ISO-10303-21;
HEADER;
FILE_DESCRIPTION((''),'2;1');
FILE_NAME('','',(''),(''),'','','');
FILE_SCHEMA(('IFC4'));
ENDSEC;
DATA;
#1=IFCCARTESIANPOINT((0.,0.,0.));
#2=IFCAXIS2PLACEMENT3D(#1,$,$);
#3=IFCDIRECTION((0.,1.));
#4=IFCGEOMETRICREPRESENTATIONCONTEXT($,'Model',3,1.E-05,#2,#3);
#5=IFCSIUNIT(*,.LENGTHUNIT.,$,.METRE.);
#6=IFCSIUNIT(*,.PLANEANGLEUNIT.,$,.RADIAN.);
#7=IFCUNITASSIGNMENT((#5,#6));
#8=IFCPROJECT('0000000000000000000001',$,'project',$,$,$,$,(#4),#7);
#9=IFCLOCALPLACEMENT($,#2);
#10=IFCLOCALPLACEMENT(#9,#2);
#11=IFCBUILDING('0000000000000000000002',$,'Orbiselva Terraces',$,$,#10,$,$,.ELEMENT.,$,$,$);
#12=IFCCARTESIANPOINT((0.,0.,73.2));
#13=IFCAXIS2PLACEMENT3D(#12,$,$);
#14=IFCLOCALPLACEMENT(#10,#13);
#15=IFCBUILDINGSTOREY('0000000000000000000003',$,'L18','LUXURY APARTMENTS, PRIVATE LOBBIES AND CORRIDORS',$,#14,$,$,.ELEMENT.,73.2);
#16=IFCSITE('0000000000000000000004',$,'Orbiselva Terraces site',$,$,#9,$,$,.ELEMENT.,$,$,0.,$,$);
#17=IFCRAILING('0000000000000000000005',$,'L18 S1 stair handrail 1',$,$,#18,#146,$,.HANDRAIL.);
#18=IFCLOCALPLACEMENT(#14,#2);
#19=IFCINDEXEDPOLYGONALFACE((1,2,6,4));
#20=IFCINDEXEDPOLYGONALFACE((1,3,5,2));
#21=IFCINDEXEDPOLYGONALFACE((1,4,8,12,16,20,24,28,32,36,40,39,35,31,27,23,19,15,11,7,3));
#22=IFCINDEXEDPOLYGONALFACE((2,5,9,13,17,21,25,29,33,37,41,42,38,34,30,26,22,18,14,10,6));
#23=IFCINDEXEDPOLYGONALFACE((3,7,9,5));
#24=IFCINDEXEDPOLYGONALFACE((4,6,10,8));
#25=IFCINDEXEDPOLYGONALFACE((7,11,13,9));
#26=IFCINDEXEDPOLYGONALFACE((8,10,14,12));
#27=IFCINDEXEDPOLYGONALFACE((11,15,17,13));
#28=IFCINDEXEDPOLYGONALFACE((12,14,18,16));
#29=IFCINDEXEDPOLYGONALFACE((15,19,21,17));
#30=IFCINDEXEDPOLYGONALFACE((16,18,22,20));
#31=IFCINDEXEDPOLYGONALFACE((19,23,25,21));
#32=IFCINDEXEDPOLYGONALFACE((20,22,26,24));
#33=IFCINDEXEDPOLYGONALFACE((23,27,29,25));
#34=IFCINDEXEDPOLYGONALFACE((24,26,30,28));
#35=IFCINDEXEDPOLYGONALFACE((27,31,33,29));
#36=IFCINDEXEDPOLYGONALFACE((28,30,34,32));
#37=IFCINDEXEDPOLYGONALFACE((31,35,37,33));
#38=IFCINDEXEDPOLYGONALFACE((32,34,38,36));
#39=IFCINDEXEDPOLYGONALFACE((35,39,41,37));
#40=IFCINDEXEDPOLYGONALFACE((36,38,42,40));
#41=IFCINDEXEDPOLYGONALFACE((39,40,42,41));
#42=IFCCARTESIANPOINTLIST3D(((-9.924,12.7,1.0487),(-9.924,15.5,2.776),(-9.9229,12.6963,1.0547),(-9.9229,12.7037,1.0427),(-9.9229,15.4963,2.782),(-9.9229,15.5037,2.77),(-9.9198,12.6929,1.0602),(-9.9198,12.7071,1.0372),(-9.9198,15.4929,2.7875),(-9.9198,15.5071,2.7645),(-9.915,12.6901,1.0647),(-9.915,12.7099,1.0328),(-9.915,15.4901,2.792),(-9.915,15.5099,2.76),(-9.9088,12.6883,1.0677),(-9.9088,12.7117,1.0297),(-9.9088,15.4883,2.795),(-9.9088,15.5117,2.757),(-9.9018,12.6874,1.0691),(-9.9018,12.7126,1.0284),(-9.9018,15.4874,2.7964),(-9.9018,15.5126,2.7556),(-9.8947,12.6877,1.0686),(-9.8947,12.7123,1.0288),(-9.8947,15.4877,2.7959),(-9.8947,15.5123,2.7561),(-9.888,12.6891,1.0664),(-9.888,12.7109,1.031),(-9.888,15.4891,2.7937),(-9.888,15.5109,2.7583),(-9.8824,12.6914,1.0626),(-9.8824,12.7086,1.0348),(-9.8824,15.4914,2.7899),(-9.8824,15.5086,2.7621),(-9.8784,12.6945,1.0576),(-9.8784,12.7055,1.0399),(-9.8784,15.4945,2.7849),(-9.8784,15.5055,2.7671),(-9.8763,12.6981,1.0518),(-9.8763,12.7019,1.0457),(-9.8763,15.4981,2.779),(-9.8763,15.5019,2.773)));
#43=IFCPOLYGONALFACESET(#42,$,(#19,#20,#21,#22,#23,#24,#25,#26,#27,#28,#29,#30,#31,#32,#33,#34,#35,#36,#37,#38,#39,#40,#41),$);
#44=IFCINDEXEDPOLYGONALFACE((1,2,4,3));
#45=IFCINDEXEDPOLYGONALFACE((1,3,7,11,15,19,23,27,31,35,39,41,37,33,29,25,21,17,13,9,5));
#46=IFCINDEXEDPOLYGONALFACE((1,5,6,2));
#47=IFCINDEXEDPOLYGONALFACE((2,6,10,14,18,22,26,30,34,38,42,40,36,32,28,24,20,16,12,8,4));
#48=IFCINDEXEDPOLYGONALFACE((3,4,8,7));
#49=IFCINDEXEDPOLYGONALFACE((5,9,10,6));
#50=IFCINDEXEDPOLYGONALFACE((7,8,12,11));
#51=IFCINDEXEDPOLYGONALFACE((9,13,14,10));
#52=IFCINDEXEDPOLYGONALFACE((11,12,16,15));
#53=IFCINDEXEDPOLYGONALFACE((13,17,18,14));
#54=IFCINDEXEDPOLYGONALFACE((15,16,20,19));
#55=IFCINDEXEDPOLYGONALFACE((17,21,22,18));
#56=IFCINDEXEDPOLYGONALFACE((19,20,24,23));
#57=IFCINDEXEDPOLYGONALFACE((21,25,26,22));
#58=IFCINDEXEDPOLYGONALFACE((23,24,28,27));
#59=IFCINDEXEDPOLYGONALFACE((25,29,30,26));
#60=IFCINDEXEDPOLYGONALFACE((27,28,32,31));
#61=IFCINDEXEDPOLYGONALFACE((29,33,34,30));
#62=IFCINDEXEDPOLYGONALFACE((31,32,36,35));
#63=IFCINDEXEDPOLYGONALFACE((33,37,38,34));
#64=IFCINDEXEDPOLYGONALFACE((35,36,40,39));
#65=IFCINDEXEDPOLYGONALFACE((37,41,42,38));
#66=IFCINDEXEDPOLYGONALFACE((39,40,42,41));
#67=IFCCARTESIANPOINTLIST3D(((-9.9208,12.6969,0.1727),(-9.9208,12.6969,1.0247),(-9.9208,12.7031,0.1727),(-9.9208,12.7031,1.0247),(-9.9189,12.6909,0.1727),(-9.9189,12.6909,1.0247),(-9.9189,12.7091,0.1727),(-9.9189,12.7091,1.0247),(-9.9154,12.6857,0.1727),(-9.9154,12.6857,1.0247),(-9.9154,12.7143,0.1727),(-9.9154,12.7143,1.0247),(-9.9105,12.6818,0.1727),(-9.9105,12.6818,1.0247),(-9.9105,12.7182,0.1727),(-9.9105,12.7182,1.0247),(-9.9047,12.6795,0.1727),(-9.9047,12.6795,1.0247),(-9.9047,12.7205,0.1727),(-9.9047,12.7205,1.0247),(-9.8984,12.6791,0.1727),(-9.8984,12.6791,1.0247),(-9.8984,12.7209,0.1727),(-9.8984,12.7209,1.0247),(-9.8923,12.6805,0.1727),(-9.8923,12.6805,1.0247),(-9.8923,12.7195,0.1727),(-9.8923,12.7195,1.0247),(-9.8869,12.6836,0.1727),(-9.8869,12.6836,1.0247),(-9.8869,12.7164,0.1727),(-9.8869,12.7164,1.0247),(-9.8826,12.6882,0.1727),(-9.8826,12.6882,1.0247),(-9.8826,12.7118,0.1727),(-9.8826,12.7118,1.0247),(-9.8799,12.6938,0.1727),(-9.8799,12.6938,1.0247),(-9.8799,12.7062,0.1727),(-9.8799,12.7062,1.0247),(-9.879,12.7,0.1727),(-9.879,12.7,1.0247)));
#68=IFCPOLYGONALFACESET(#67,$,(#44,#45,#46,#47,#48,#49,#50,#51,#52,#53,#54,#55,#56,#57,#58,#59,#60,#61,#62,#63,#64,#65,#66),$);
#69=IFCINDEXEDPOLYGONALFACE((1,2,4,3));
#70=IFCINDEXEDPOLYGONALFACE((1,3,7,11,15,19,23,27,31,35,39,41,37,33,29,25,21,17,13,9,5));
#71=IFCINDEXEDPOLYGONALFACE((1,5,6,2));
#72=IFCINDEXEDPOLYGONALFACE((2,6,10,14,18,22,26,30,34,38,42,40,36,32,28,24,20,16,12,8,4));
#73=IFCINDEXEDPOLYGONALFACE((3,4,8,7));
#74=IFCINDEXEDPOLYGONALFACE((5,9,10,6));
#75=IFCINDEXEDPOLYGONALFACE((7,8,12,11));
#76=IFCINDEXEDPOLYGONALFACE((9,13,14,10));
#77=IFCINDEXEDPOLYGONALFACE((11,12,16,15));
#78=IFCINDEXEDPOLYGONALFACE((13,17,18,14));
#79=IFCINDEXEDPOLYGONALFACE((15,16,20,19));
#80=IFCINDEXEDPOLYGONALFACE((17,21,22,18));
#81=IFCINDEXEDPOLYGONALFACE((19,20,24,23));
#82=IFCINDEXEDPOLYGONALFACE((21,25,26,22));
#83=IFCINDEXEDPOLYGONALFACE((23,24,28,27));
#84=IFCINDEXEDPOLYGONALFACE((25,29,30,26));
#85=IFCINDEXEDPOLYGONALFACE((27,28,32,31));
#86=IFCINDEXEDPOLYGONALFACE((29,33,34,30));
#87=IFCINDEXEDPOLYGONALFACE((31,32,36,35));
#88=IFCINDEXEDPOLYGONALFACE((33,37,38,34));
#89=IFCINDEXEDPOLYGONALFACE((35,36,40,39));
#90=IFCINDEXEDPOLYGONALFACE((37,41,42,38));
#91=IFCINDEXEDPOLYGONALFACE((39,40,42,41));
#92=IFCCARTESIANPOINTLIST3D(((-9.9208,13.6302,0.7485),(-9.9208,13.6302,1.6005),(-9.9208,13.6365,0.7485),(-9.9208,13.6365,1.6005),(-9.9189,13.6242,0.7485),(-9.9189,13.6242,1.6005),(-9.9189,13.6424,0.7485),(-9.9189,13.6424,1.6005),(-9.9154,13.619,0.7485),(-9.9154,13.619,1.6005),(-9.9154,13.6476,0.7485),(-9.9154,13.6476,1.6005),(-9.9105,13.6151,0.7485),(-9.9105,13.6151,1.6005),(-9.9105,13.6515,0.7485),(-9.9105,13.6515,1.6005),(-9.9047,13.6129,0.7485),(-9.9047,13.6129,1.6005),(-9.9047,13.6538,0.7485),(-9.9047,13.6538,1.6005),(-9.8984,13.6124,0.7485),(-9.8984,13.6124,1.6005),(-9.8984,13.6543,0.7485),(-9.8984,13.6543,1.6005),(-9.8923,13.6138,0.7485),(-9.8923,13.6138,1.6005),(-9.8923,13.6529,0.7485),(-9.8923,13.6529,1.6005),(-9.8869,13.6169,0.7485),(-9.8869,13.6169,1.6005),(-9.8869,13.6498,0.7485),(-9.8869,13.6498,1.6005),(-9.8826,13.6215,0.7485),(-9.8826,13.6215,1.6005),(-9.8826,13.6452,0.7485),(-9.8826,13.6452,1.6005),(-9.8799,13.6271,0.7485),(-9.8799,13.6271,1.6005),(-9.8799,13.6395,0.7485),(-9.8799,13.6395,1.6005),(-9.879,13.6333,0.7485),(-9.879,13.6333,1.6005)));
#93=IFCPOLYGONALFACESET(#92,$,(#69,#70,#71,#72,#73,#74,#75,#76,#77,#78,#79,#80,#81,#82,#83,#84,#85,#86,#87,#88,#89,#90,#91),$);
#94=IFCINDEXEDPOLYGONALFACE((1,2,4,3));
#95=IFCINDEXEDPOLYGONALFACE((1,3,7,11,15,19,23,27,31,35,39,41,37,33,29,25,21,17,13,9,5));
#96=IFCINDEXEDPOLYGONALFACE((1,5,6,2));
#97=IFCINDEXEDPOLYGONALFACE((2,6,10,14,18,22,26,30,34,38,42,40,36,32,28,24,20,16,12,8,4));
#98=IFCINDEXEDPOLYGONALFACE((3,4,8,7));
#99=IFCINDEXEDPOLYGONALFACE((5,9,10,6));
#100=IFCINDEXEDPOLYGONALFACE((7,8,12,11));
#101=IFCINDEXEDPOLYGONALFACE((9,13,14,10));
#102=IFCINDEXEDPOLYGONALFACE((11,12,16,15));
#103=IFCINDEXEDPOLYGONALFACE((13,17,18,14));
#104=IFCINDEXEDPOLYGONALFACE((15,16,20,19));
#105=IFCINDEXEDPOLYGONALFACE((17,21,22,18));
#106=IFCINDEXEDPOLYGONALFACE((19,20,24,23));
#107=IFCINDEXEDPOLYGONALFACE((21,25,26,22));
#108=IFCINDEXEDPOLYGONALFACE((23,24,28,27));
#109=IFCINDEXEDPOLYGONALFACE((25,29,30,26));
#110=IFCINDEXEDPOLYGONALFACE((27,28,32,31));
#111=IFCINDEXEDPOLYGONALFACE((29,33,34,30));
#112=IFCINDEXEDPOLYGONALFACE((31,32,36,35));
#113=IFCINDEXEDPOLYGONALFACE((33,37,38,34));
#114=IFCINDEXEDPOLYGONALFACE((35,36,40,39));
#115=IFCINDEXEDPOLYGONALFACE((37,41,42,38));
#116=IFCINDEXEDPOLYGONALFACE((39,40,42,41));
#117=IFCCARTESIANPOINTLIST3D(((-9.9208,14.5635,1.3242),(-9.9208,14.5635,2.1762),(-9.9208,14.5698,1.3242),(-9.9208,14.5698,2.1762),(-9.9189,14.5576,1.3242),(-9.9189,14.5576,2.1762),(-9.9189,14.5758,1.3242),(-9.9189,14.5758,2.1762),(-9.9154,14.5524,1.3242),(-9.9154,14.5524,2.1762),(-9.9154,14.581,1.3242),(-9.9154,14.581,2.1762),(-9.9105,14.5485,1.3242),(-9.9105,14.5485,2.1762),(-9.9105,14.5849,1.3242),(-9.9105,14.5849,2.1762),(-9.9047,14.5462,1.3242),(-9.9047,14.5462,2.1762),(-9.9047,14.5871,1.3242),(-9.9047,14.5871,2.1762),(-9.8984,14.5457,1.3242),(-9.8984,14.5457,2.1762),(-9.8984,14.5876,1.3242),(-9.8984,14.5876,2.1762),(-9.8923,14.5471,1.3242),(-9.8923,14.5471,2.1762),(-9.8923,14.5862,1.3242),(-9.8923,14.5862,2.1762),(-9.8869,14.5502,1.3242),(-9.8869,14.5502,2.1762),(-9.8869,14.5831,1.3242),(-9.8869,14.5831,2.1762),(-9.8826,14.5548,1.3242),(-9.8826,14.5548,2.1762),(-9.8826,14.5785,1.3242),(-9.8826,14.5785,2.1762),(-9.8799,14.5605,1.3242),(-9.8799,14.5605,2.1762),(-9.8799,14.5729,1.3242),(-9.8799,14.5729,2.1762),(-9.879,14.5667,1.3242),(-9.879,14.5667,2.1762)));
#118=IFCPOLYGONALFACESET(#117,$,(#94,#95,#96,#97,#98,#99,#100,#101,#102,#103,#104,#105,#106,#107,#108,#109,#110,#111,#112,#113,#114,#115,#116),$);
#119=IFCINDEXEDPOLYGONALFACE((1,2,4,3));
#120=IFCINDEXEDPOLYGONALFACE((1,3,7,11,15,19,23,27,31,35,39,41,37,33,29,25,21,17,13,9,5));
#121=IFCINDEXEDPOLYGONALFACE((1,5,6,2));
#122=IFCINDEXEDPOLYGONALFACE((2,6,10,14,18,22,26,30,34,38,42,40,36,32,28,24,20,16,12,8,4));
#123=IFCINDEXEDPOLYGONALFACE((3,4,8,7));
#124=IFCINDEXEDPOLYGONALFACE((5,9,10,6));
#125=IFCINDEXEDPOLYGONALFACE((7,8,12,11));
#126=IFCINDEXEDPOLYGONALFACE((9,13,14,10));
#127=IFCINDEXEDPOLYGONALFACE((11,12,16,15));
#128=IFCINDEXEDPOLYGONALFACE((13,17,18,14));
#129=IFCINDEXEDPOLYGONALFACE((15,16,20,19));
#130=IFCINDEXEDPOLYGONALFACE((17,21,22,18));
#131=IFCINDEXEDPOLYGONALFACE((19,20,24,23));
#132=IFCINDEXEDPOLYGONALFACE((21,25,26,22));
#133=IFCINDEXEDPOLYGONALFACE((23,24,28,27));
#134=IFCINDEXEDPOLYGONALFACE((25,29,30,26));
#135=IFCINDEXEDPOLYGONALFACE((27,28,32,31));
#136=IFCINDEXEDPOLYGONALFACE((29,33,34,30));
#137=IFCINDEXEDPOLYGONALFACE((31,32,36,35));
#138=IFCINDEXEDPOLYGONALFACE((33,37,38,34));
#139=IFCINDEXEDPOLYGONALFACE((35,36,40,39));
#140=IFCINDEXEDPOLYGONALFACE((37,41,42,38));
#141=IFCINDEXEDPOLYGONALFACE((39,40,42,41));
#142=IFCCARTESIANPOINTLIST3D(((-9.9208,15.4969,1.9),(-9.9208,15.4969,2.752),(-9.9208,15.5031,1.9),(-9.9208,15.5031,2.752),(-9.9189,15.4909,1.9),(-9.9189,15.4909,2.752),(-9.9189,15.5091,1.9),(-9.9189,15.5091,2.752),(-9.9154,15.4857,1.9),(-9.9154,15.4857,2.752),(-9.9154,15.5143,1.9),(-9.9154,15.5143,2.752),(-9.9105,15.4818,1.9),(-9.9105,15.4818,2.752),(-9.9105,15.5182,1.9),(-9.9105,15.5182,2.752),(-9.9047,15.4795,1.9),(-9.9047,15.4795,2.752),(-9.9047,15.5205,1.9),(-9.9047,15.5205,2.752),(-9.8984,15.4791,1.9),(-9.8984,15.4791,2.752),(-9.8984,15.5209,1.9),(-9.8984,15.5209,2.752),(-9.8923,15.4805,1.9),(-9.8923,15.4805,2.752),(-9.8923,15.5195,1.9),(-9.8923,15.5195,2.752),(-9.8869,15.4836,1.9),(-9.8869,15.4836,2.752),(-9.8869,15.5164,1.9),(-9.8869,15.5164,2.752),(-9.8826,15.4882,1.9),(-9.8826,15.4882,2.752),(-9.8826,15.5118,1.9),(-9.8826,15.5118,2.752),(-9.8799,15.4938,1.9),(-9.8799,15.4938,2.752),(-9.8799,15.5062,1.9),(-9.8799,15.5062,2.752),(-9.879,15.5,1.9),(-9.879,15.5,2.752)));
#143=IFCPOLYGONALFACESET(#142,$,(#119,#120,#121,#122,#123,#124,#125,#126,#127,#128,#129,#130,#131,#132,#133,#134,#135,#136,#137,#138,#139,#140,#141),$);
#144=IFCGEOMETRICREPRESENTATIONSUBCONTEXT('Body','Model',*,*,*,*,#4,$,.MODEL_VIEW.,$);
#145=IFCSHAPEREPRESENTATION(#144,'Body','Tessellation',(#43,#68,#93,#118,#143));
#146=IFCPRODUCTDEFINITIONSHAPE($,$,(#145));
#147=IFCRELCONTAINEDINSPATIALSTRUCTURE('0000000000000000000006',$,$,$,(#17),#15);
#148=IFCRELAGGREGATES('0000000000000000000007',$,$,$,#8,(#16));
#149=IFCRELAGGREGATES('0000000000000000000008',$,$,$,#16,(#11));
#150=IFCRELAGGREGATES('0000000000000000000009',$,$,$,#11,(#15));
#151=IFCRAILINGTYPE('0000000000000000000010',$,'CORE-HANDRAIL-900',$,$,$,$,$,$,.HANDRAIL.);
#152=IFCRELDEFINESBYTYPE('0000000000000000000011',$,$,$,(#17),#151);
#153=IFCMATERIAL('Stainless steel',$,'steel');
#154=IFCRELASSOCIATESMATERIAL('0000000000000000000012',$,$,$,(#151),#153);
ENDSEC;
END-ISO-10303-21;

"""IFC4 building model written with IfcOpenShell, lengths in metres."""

from ifc_helpers import new_model, si_unit, direction, frame, origin, origin_2d, place, context, subcontext, project, spatial, circle, extrude, material, type_object, element, save


model = new_model("IFC4")

# Units and contexts
model_context = context("Model", 3, precision=1e-05, world=origin(), true_north=direction((0.0, 1.0)))
body_context = subcontext(model_context, "Body", "Model", "MODEL_VIEW")
ifc_project = project(units=[si_unit("LENGTHUNIT", "METRE"), si_unit("PLANEANGLEUNIT", "RADIAN")], contexts=[model_context])

# Site, building, storey
site_placement = place(None, origin())
site = spatial("IfcSite", under=ifc_project, at=site_placement, Name="Orbiselva Terraces site", CompositionType="ELEMENT", RefElevation=0.0)
building_placement = place(site_placement, origin())
building = spatial("IfcBuilding", under=site, at=building_placement, Name="Orbiselva Terraces", CompositionType="ELEMENT")
storey_placement = place(building_placement, frame((0.0, 0.0, 73.2)))
storey = spatial("IfcBuildingStorey", under=building, at=storey_placement, Name="L18", Description="LUXURY APARTMENTS, PRIVATE LOBBIES AND CORRIDORS", CompositionType="ELEMENT", Elevation=73.2)

# Railing
ifc_material_1 = material(Name="Stainless steel", Category="steel")
railing_type_1 = type_object("IfcRailingType", Name="CORE-HANDRAIL-900", PredefinedType="HANDRAIL", material=ifc_material_1)
railing_1_placement = place(storey_placement, frame((-9.9, 12.7, 0.1727)))
element("IfcRailing", 1, at=railing_1_placement, inside=storey, type_object=railing_type_1, Name="L18 S1 stair handrail 1", PredefinedType="HANDRAIL", context=body_context, shape_type="SweptSolid", body=[
    extrude(circle(Radius=0.024, at=origin_2d()), frame((0.0, 0.0, 0.876), z_axis=(0.0, 0.851089, 0.525022), x_axis=(-1.0, 0.0, 0.0)), (0.0, 0.0, 1.0), 3.2899),
    extrude(circle(Radius=0.021, at=origin_2d()), origin(), (0.0, 0.0, 1.0), 0.852),
    extrude(circle(Radius=0.021, at=origin_2d()), frame((0.0, 0.9333, 0.5758)), (0.0, 0.0, 1.0), 0.852),
    extrude(circle(Radius=0.021, at=origin_2d()), frame((0.0, 1.8667, 1.1515)), (0.0, 0.0, 1.0), 0.852),
    extrude(circle(Radius=0.021, at=origin_2d()), frame((0.0, 2.8, 1.7273)), (0.0, 0.0, 1.0), 0.852),
])

save(model, "model.ifc")
